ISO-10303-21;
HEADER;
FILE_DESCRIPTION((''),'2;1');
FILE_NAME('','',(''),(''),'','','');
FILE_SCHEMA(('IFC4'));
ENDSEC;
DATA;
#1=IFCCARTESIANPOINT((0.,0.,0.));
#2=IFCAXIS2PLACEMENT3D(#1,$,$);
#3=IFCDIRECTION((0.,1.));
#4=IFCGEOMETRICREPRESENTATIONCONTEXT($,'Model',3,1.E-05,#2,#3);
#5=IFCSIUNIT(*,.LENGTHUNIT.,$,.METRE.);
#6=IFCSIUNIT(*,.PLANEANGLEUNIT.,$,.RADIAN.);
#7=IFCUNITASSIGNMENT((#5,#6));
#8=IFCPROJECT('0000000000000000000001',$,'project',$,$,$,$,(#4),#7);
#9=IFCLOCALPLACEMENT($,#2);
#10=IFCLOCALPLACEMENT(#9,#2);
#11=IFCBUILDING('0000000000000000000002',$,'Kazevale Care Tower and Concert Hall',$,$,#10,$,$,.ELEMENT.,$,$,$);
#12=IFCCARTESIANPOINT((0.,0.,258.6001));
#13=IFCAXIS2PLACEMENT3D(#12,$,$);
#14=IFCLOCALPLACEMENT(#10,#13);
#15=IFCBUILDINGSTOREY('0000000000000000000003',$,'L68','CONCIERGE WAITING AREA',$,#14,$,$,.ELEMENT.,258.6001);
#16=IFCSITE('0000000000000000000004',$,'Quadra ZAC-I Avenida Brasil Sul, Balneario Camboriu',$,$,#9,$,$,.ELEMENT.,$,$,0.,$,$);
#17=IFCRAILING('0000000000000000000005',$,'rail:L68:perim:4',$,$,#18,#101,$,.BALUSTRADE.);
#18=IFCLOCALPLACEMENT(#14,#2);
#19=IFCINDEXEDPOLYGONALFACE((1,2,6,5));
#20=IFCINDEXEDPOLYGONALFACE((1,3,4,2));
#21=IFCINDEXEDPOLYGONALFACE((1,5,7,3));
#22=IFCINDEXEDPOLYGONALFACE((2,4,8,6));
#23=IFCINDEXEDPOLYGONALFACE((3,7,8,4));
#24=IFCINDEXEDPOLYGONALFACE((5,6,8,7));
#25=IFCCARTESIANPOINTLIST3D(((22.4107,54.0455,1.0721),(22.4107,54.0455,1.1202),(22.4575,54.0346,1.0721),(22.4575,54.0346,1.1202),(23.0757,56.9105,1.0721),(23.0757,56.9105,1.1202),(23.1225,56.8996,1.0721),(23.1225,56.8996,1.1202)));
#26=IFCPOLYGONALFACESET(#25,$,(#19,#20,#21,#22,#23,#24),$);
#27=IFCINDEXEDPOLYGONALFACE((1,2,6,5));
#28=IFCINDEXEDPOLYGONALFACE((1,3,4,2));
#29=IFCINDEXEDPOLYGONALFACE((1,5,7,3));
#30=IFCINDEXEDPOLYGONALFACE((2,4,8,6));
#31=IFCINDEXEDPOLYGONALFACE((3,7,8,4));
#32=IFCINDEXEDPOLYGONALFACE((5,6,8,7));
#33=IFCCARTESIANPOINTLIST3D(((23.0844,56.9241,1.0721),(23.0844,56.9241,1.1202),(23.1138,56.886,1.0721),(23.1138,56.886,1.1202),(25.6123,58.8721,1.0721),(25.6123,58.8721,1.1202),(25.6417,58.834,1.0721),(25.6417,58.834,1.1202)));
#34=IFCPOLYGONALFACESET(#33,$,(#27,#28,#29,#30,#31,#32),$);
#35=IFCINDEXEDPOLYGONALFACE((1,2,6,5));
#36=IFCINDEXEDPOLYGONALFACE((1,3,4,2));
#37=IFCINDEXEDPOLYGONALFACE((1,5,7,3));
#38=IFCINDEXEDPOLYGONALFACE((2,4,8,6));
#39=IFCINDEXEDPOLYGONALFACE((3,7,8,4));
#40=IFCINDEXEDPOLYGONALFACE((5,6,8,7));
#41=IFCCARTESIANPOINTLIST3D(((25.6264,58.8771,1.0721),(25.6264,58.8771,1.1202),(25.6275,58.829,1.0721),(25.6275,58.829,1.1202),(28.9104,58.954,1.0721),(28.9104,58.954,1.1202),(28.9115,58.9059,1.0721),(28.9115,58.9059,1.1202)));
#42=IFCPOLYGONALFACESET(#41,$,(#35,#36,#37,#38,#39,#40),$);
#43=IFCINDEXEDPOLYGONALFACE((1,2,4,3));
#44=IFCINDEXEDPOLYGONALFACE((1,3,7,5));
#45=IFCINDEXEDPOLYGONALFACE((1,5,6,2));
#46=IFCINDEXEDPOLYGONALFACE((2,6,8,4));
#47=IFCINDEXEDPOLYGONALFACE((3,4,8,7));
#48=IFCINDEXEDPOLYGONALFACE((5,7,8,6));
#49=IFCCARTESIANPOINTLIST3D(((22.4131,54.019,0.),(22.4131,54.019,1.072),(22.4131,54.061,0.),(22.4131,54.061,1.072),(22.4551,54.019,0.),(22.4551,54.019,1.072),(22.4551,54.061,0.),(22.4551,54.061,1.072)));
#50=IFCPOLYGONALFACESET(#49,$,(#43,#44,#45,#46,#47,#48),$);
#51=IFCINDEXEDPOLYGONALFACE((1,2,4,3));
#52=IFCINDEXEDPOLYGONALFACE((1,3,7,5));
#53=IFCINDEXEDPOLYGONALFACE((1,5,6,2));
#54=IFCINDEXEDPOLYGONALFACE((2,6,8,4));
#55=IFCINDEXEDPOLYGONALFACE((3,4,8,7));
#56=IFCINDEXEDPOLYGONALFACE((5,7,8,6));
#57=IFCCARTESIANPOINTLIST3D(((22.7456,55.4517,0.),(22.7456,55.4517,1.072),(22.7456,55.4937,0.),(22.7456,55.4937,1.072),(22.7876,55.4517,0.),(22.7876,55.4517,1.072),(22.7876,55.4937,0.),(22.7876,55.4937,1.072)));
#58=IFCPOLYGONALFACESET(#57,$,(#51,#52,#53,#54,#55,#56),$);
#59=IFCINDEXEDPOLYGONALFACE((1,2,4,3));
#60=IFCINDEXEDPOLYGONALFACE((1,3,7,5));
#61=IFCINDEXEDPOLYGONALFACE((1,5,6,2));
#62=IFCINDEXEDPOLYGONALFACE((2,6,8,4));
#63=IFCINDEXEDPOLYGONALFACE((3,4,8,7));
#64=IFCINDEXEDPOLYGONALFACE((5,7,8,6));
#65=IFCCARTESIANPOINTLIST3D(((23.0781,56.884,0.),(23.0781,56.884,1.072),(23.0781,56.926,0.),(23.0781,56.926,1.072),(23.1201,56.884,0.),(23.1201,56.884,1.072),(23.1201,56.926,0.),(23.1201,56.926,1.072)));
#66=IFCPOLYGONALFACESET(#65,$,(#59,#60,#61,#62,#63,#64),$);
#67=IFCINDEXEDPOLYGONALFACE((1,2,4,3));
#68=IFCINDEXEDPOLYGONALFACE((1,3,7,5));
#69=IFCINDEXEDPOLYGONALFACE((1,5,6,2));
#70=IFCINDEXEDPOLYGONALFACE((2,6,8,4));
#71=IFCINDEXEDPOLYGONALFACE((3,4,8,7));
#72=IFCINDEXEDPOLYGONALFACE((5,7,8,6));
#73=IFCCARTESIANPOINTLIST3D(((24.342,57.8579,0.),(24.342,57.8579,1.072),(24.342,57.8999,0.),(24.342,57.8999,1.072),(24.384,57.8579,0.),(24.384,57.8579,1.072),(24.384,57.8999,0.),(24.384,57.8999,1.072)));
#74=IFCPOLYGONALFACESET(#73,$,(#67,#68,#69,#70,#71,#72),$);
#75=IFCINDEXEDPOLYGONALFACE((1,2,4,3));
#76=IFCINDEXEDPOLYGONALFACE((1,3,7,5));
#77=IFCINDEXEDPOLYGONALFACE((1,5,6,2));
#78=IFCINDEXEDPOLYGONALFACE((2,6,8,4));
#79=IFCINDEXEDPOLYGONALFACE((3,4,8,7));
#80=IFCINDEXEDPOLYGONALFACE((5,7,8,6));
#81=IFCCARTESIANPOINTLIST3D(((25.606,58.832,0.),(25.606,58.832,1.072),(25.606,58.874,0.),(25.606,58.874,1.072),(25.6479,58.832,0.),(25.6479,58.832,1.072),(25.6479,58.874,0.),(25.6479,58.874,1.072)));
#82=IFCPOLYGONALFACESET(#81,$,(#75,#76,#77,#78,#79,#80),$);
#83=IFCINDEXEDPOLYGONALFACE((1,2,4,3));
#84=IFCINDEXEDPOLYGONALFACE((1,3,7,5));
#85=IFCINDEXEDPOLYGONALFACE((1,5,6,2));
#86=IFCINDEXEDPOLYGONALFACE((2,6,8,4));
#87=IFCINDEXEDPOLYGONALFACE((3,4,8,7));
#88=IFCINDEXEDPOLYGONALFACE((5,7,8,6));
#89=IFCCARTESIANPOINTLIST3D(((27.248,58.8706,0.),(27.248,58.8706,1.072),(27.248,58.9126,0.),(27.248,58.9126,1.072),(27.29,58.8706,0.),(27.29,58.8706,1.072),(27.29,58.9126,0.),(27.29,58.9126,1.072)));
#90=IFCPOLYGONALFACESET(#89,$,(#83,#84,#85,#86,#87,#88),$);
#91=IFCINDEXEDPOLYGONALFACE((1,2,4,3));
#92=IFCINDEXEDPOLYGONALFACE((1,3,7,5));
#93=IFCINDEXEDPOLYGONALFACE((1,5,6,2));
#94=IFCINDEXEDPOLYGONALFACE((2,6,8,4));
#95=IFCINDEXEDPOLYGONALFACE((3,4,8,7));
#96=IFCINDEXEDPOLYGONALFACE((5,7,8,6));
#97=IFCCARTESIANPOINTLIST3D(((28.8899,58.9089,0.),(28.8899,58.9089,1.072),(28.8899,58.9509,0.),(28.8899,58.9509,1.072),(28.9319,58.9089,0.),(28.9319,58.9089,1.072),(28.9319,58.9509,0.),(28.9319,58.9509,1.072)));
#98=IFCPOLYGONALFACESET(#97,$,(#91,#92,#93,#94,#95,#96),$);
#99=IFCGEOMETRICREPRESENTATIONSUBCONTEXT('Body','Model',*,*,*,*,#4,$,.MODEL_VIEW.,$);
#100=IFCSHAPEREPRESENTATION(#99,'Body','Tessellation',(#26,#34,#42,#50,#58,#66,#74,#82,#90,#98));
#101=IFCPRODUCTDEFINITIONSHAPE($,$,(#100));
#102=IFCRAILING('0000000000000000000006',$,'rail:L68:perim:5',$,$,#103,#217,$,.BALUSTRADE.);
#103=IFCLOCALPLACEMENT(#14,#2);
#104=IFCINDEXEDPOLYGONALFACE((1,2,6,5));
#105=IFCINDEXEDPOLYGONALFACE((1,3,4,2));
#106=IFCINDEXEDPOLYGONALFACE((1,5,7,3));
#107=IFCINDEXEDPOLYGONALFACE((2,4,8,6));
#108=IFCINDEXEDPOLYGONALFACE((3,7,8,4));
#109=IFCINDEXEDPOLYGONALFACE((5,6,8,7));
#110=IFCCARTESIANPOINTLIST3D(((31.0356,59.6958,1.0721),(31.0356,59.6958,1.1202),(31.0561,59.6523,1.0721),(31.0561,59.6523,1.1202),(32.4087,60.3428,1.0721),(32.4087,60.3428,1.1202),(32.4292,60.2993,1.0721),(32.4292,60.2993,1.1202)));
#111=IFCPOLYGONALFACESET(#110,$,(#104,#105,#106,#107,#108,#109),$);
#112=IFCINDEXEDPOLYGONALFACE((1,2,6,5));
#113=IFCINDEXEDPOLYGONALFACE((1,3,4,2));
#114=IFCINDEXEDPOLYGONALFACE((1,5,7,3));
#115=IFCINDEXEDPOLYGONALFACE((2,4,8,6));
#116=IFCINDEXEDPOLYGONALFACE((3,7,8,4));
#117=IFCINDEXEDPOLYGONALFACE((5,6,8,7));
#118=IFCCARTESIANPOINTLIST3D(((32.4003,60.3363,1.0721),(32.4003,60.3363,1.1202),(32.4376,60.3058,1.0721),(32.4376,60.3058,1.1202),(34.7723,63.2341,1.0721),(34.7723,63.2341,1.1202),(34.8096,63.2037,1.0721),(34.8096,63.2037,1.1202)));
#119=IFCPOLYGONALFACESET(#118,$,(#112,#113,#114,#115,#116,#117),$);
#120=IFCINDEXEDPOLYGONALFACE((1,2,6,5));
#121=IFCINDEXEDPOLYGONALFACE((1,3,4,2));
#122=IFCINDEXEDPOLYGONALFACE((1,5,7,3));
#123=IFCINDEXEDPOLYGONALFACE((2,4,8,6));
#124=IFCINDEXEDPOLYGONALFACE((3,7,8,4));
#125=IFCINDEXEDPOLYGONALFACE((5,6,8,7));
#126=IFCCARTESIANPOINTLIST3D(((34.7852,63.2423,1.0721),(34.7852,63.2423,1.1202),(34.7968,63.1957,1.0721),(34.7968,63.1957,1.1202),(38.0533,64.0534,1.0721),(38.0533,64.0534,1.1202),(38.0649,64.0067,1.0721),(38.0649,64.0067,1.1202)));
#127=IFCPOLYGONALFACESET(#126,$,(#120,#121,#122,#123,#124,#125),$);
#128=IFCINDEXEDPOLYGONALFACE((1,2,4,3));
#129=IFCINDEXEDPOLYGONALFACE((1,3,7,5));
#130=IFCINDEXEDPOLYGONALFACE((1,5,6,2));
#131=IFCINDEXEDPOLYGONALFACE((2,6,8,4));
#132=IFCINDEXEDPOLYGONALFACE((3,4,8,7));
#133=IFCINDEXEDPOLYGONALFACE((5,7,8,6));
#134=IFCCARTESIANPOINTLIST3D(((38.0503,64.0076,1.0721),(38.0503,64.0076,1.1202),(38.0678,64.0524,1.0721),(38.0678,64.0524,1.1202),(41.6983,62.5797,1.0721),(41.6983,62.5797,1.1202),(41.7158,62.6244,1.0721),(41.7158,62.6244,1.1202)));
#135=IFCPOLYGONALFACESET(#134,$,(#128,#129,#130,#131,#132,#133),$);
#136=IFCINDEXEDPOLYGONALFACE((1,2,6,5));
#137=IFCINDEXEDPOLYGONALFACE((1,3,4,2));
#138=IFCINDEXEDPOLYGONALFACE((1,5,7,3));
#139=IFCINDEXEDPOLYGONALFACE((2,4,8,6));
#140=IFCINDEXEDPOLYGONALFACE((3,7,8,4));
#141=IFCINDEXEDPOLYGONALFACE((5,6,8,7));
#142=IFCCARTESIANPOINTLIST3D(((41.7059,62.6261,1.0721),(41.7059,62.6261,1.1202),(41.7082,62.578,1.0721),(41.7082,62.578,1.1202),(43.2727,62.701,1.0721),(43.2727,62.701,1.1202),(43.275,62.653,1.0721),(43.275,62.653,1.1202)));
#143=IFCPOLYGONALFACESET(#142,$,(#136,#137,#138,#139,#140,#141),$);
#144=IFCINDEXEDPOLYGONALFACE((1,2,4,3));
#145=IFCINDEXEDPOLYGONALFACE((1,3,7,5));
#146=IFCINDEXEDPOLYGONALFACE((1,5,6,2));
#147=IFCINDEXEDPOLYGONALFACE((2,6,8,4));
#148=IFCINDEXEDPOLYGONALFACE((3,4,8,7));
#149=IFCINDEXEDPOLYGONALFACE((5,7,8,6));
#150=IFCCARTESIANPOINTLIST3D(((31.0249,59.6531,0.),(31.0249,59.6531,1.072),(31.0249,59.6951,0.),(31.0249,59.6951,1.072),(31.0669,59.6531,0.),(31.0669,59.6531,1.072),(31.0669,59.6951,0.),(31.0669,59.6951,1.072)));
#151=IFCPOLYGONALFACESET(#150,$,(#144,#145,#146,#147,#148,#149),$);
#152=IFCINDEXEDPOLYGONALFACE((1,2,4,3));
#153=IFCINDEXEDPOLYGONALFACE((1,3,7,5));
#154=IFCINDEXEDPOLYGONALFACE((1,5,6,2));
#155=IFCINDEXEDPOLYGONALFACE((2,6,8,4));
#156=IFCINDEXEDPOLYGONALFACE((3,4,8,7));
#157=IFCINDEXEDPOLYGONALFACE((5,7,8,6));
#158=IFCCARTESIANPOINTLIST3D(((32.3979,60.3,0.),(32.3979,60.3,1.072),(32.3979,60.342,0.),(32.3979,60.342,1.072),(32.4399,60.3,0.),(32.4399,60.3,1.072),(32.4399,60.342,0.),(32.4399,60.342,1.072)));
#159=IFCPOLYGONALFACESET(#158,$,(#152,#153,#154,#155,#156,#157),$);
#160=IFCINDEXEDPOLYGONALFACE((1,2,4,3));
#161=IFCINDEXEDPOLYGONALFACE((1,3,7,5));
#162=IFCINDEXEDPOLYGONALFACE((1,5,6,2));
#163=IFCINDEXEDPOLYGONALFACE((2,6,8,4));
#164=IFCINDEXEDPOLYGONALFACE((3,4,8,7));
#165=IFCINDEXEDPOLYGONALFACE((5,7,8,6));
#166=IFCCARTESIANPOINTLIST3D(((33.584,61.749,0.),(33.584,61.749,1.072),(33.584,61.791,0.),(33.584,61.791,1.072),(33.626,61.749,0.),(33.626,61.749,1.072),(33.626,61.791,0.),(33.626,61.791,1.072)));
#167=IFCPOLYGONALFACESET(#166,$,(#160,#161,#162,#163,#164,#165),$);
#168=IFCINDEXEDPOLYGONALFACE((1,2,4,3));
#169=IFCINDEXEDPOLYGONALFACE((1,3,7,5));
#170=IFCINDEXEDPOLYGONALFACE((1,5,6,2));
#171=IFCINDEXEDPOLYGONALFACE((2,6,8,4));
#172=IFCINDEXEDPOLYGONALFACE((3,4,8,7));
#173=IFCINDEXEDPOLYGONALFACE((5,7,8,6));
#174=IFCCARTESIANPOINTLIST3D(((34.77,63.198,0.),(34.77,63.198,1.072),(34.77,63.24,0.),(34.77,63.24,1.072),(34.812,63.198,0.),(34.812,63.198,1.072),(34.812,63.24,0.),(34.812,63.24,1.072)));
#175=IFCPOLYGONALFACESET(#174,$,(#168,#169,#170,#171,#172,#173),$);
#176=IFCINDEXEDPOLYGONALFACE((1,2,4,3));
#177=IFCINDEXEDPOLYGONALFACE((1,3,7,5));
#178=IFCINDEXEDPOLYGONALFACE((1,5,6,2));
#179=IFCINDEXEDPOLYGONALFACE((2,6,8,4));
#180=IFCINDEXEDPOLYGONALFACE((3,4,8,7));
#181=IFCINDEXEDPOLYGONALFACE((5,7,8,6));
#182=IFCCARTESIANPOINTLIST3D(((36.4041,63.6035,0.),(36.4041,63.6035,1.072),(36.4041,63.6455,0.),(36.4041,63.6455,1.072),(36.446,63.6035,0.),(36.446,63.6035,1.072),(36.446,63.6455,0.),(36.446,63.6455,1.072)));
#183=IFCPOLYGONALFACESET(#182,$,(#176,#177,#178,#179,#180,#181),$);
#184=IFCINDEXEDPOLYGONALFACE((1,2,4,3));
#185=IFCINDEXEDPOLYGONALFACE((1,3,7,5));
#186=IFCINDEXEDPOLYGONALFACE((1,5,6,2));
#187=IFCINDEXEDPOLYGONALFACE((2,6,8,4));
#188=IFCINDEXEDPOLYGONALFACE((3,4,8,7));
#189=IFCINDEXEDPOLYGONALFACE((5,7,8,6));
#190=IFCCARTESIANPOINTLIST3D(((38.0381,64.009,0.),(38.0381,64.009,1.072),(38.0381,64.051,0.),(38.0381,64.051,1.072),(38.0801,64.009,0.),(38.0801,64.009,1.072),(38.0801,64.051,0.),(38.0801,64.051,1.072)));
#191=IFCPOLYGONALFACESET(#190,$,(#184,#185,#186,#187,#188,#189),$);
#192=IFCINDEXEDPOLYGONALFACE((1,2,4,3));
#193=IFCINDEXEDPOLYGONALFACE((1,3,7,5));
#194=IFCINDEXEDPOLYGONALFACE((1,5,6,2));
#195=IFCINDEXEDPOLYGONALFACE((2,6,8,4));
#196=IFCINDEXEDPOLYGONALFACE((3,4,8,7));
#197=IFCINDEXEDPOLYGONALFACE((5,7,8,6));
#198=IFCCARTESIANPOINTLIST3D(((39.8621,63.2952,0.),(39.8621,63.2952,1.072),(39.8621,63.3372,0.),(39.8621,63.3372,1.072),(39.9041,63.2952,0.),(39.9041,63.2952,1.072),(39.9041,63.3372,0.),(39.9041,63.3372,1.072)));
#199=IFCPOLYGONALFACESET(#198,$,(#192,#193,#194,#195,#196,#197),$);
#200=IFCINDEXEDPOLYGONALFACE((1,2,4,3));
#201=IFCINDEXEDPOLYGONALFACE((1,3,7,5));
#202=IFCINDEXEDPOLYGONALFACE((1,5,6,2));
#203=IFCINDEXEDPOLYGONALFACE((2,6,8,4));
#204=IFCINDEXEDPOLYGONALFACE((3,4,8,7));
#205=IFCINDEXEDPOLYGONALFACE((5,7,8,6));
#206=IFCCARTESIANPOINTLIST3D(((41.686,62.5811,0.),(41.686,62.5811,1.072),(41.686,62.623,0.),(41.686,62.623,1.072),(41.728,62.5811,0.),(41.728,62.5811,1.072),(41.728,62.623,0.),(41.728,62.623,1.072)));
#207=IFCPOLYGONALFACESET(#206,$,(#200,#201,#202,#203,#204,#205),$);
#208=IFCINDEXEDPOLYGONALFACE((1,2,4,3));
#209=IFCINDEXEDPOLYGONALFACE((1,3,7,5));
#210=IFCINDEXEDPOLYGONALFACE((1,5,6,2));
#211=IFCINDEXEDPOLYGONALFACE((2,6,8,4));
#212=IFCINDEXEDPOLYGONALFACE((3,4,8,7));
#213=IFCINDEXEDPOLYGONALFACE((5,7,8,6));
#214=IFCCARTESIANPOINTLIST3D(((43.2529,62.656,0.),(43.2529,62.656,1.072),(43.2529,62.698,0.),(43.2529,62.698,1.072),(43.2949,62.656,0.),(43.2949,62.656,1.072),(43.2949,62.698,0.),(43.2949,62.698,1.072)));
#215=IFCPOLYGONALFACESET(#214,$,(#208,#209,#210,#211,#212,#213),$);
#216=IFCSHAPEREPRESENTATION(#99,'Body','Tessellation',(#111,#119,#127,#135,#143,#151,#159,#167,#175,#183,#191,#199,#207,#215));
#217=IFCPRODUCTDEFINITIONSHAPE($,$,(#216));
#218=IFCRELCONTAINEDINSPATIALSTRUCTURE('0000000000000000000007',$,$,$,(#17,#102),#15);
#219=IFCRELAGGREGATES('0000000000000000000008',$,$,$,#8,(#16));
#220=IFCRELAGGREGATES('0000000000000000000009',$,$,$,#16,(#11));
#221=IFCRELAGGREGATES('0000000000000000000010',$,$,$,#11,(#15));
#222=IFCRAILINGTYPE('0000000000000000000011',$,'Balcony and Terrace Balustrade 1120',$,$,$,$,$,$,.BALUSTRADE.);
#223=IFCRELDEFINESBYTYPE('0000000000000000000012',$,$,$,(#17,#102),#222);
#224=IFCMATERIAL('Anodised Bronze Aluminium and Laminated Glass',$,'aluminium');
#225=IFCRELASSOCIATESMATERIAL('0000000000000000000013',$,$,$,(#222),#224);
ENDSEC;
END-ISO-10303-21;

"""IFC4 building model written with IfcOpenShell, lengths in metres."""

from ifc_helpers import new_model, si_unit, direction, frame, origin, origin_2d, place, context, subcontext, project, spatial, rectangle, extrude, material, type_object, element, save


model = new_model("IFC4")

# Units and contexts
model_context = context("Model", 3, precision=1e-05, world=origin(), true_north=direction((0.0, 1.0)))
body_context = subcontext(model_context, "Body", "Model", "MODEL_VIEW")
ifc_project = project(units=[si_unit("LENGTHUNIT", "METRE"), si_unit("PLANEANGLEUNIT", "RADIAN")], contexts=[model_context])

# Site, building, storey
site_placement = place(None, origin())
site = spatial("IfcSite", under=ifc_project, at=site_placement, Name="Quadra ZAC-I Avenida Brasil Sul, Balneario Camboriu", CompositionType="ELEMENT", RefElevation=0.0)
building_placement = place(site_placement, origin())
building = spatial("IfcBuilding", under=site, at=building_placement, Name="Kazevale Care Tower and Concert Hall", CompositionType="ELEMENT")
storey_placement = place(building_placement, frame((0.0, 0.0, 258.6001)))
storey = spatial("IfcBuildingStorey", under=building, at=storey_placement, Name="L68", Description="CONCIERGE WAITING AREA", CompositionType="ELEMENT", Elevation=258.6001)

# Railings
ifc_material_1 = material(Name="Anodised Bronze Aluminium and Laminated Glass", Category="aluminium")
railing_type = type_object("IfcRailingType", Name="Balcony and Terrace Balustrade 1120", PredefinedType="BALUSTRADE", material=ifc_material_1)
railing_1_placement = place(storey_placement, frame((22.4341, 54.04, 0.0)))
element("IfcRailing", 1, at=railing_1_placement, inside=storey, type_object=railing_type, Name="rail:L68:perim:4", PredefinedType="BALUSTRADE", context=body_context, shape_type="SweptSolid", body=[
    extrude(rectangle(XDim=0.0481, YDim=0.0481, at=origin_2d()), frame((0.0, 0.0, 1.0962), z_axis=(0.226114, 0.974101, 0.0), x_axis=(-0.974101, 0.226114, 0.0)), (0.0, 0.0, 1.0), 2.9412),
    extrude(rectangle(XDim=0.0481, YDim=0.0481, at=origin_2d()), frame((0.665, 2.865, 1.0962), z_axis=(0.792092, 0.610402, 0.0), x_axis=(-0.610402, 0.792092, 0.0)), (0.0, 0.0, 1.0), 3.1914),
    extrude(rectangle(XDim=0.0481, YDim=0.0481, at=origin_2d()), frame((3.1929, 4.813, 1.0962), z_axis=(0.999726, 0.023412, 0.0), x_axis=(-0.023412, 0.999726, 0.0)), (0.0, 0.0, 1.0), 3.2849),
    extrude(rectangle(XDim=0.042, YDim=0.042, at=origin_2d()), origin(), (0.0, 0.0, 1.0), 1.072),
    extrude(rectangle(XDim=0.042, YDim=0.042, at=origin_2d()), frame((0.3325, 1.4326, 0.0)), (0.0, 0.0, 1.0), 1.072),
    extrude(rectangle(XDim=0.042, YDim=0.042, at=origin_2d()), frame((0.665, 2.865, 0.0)), (0.0, 0.0, 1.0), 1.072),
    extrude(rectangle(XDim=0.042, YDim=0.042, at=origin_2d()), frame((1.929, 3.8389, 0.0)), (0.0, 0.0, 1.0), 1.072),
    extrude(rectangle(XDim=0.042, YDim=0.042, at=origin_2d()), frame((3.1929, 4.813, 0.0)), (0.0, 0.0, 1.0), 1.072),
    extrude(rectangle(XDim=0.042, YDim=0.042, at=origin_2d()), frame((4.835, 4.8516, 0.0)), (0.0, 0.0, 1.0), 1.072),
    extrude(rectangle(XDim=0.042, YDim=0.042, at=origin_2d()), frame((6.4768, 4.8899, 0.0)), (0.0, 0.0, 1.0), 1.072),
])
railing_2_placement = place(storey_placement, frame((31.0459, 59.6741, 0.0)))
element("IfcRailing", 2, at=railing_2_placement, inside=storey, type_object=railing_type, Name="rail:L68:perim:5", PredefinedType="BALUSTRADE", context=body_context, shape_type="SweptSolid", body=[
    extrude(rectangle(XDim=0.0481, YDim=0.0481, at=origin_2d()), frame((0.0, 0.0, 1.0962), z_axis=(0.904607, 0.426246, 0.0), x_axis=(-0.426246, 0.904607, 0.0)), (0.0, 0.0, 1.0), 1.5178),
    extrude(rectangle(XDim=0.0481, YDim=0.0481, at=origin_2d()), frame((1.373, 0.647, 1.0962), z_axis=(0.633401, 0.773824, 0.0), x_axis=(-0.773824, 0.633401, 0.0)), (0.0, 0.0, 1.0), 3.7449),
    extrude(rectangle(XDim=0.0481, YDim=0.0481, at=origin_2d()), frame((3.7451, 3.5449, 1.0962), z_axis=(0.970559, 0.240863, 0.0), x_axis=(-0.240863, 0.970559, 0.0)), (0.0, 0.0, 1.0), 3.3672),
    extrude(rectangle(XDim=0.0481, YDim=0.0481, at=origin_2d()), frame((7.0132, 4.356, 1.0962), z_axis=(0.931198, -0.364514, 0.0), x_axis=(0.364514, 0.931198, 0.0)), (0.0, 0.0, 1.0), 3.9175),
    extrude(rectangle(XDim=0.0481, YDim=0.0481, at=origin_2d()), frame((10.6611, 2.928, 1.0962), z_axis=(0.998858, 0.04778, 0.0), x_axis=(-0.04778, 0.998858, 0.0)), (0.0, 0.0, 1.0), 1.5686),
    extrude(rectangle(XDim=0.042, YDim=0.042, at=origin_2d()), origin(), (0.0, 0.0, 1.0), 1.072),
    extrude(rectangle(XDim=0.042, YDim=0.042, at=origin_2d()), frame((1.373, 0.647, 0.0)), (0.0, 0.0, 1.0), 1.072),
    extrude(rectangle(XDim=0.042, YDim=0.042, at=origin_2d()), frame((2.5591, 2.0959, 0.0)), (0.0, 0.0, 1.0), 1.072),
    extrude(rectangle(XDim=0.042, YDim=0.042, at=origin_2d()), frame((3.7451, 3.5449, 0.0)), (0.0, 0.0, 1.0), 1.072),
    extrude(rectangle(XDim=0.042, YDim=0.042, at=origin_2d()), frame((5.3792, 3.9504, 0.0)), (0.0, 0.0, 1.0), 1.072),
    extrude(rectangle(XDim=0.042, YDim=0.042, at=origin_2d()), frame((7.0132, 4.356, 0.0)), (0.0, 0.0, 1.0), 1.072),
    extrude(rectangle(XDim=0.042, YDim=0.042, at=origin_2d()), frame((8.8372, 3.6421, 0.0)), (0.0, 0.0, 1.0), 1.072),
    extrude(rectangle(XDim=0.042, YDim=0.042, at=origin_2d()), frame((10.6611, 2.928, 0.0)), (0.0, 0.0, 1.0), 1.072),
    extrude(rectangle(XDim=0.042, YDim=0.042, at=origin_2d()), frame((12.228, 3.0029, 0.0)), (0.0, 0.0, 1.0), 1.072),
])

save(model, "model.ifc")
